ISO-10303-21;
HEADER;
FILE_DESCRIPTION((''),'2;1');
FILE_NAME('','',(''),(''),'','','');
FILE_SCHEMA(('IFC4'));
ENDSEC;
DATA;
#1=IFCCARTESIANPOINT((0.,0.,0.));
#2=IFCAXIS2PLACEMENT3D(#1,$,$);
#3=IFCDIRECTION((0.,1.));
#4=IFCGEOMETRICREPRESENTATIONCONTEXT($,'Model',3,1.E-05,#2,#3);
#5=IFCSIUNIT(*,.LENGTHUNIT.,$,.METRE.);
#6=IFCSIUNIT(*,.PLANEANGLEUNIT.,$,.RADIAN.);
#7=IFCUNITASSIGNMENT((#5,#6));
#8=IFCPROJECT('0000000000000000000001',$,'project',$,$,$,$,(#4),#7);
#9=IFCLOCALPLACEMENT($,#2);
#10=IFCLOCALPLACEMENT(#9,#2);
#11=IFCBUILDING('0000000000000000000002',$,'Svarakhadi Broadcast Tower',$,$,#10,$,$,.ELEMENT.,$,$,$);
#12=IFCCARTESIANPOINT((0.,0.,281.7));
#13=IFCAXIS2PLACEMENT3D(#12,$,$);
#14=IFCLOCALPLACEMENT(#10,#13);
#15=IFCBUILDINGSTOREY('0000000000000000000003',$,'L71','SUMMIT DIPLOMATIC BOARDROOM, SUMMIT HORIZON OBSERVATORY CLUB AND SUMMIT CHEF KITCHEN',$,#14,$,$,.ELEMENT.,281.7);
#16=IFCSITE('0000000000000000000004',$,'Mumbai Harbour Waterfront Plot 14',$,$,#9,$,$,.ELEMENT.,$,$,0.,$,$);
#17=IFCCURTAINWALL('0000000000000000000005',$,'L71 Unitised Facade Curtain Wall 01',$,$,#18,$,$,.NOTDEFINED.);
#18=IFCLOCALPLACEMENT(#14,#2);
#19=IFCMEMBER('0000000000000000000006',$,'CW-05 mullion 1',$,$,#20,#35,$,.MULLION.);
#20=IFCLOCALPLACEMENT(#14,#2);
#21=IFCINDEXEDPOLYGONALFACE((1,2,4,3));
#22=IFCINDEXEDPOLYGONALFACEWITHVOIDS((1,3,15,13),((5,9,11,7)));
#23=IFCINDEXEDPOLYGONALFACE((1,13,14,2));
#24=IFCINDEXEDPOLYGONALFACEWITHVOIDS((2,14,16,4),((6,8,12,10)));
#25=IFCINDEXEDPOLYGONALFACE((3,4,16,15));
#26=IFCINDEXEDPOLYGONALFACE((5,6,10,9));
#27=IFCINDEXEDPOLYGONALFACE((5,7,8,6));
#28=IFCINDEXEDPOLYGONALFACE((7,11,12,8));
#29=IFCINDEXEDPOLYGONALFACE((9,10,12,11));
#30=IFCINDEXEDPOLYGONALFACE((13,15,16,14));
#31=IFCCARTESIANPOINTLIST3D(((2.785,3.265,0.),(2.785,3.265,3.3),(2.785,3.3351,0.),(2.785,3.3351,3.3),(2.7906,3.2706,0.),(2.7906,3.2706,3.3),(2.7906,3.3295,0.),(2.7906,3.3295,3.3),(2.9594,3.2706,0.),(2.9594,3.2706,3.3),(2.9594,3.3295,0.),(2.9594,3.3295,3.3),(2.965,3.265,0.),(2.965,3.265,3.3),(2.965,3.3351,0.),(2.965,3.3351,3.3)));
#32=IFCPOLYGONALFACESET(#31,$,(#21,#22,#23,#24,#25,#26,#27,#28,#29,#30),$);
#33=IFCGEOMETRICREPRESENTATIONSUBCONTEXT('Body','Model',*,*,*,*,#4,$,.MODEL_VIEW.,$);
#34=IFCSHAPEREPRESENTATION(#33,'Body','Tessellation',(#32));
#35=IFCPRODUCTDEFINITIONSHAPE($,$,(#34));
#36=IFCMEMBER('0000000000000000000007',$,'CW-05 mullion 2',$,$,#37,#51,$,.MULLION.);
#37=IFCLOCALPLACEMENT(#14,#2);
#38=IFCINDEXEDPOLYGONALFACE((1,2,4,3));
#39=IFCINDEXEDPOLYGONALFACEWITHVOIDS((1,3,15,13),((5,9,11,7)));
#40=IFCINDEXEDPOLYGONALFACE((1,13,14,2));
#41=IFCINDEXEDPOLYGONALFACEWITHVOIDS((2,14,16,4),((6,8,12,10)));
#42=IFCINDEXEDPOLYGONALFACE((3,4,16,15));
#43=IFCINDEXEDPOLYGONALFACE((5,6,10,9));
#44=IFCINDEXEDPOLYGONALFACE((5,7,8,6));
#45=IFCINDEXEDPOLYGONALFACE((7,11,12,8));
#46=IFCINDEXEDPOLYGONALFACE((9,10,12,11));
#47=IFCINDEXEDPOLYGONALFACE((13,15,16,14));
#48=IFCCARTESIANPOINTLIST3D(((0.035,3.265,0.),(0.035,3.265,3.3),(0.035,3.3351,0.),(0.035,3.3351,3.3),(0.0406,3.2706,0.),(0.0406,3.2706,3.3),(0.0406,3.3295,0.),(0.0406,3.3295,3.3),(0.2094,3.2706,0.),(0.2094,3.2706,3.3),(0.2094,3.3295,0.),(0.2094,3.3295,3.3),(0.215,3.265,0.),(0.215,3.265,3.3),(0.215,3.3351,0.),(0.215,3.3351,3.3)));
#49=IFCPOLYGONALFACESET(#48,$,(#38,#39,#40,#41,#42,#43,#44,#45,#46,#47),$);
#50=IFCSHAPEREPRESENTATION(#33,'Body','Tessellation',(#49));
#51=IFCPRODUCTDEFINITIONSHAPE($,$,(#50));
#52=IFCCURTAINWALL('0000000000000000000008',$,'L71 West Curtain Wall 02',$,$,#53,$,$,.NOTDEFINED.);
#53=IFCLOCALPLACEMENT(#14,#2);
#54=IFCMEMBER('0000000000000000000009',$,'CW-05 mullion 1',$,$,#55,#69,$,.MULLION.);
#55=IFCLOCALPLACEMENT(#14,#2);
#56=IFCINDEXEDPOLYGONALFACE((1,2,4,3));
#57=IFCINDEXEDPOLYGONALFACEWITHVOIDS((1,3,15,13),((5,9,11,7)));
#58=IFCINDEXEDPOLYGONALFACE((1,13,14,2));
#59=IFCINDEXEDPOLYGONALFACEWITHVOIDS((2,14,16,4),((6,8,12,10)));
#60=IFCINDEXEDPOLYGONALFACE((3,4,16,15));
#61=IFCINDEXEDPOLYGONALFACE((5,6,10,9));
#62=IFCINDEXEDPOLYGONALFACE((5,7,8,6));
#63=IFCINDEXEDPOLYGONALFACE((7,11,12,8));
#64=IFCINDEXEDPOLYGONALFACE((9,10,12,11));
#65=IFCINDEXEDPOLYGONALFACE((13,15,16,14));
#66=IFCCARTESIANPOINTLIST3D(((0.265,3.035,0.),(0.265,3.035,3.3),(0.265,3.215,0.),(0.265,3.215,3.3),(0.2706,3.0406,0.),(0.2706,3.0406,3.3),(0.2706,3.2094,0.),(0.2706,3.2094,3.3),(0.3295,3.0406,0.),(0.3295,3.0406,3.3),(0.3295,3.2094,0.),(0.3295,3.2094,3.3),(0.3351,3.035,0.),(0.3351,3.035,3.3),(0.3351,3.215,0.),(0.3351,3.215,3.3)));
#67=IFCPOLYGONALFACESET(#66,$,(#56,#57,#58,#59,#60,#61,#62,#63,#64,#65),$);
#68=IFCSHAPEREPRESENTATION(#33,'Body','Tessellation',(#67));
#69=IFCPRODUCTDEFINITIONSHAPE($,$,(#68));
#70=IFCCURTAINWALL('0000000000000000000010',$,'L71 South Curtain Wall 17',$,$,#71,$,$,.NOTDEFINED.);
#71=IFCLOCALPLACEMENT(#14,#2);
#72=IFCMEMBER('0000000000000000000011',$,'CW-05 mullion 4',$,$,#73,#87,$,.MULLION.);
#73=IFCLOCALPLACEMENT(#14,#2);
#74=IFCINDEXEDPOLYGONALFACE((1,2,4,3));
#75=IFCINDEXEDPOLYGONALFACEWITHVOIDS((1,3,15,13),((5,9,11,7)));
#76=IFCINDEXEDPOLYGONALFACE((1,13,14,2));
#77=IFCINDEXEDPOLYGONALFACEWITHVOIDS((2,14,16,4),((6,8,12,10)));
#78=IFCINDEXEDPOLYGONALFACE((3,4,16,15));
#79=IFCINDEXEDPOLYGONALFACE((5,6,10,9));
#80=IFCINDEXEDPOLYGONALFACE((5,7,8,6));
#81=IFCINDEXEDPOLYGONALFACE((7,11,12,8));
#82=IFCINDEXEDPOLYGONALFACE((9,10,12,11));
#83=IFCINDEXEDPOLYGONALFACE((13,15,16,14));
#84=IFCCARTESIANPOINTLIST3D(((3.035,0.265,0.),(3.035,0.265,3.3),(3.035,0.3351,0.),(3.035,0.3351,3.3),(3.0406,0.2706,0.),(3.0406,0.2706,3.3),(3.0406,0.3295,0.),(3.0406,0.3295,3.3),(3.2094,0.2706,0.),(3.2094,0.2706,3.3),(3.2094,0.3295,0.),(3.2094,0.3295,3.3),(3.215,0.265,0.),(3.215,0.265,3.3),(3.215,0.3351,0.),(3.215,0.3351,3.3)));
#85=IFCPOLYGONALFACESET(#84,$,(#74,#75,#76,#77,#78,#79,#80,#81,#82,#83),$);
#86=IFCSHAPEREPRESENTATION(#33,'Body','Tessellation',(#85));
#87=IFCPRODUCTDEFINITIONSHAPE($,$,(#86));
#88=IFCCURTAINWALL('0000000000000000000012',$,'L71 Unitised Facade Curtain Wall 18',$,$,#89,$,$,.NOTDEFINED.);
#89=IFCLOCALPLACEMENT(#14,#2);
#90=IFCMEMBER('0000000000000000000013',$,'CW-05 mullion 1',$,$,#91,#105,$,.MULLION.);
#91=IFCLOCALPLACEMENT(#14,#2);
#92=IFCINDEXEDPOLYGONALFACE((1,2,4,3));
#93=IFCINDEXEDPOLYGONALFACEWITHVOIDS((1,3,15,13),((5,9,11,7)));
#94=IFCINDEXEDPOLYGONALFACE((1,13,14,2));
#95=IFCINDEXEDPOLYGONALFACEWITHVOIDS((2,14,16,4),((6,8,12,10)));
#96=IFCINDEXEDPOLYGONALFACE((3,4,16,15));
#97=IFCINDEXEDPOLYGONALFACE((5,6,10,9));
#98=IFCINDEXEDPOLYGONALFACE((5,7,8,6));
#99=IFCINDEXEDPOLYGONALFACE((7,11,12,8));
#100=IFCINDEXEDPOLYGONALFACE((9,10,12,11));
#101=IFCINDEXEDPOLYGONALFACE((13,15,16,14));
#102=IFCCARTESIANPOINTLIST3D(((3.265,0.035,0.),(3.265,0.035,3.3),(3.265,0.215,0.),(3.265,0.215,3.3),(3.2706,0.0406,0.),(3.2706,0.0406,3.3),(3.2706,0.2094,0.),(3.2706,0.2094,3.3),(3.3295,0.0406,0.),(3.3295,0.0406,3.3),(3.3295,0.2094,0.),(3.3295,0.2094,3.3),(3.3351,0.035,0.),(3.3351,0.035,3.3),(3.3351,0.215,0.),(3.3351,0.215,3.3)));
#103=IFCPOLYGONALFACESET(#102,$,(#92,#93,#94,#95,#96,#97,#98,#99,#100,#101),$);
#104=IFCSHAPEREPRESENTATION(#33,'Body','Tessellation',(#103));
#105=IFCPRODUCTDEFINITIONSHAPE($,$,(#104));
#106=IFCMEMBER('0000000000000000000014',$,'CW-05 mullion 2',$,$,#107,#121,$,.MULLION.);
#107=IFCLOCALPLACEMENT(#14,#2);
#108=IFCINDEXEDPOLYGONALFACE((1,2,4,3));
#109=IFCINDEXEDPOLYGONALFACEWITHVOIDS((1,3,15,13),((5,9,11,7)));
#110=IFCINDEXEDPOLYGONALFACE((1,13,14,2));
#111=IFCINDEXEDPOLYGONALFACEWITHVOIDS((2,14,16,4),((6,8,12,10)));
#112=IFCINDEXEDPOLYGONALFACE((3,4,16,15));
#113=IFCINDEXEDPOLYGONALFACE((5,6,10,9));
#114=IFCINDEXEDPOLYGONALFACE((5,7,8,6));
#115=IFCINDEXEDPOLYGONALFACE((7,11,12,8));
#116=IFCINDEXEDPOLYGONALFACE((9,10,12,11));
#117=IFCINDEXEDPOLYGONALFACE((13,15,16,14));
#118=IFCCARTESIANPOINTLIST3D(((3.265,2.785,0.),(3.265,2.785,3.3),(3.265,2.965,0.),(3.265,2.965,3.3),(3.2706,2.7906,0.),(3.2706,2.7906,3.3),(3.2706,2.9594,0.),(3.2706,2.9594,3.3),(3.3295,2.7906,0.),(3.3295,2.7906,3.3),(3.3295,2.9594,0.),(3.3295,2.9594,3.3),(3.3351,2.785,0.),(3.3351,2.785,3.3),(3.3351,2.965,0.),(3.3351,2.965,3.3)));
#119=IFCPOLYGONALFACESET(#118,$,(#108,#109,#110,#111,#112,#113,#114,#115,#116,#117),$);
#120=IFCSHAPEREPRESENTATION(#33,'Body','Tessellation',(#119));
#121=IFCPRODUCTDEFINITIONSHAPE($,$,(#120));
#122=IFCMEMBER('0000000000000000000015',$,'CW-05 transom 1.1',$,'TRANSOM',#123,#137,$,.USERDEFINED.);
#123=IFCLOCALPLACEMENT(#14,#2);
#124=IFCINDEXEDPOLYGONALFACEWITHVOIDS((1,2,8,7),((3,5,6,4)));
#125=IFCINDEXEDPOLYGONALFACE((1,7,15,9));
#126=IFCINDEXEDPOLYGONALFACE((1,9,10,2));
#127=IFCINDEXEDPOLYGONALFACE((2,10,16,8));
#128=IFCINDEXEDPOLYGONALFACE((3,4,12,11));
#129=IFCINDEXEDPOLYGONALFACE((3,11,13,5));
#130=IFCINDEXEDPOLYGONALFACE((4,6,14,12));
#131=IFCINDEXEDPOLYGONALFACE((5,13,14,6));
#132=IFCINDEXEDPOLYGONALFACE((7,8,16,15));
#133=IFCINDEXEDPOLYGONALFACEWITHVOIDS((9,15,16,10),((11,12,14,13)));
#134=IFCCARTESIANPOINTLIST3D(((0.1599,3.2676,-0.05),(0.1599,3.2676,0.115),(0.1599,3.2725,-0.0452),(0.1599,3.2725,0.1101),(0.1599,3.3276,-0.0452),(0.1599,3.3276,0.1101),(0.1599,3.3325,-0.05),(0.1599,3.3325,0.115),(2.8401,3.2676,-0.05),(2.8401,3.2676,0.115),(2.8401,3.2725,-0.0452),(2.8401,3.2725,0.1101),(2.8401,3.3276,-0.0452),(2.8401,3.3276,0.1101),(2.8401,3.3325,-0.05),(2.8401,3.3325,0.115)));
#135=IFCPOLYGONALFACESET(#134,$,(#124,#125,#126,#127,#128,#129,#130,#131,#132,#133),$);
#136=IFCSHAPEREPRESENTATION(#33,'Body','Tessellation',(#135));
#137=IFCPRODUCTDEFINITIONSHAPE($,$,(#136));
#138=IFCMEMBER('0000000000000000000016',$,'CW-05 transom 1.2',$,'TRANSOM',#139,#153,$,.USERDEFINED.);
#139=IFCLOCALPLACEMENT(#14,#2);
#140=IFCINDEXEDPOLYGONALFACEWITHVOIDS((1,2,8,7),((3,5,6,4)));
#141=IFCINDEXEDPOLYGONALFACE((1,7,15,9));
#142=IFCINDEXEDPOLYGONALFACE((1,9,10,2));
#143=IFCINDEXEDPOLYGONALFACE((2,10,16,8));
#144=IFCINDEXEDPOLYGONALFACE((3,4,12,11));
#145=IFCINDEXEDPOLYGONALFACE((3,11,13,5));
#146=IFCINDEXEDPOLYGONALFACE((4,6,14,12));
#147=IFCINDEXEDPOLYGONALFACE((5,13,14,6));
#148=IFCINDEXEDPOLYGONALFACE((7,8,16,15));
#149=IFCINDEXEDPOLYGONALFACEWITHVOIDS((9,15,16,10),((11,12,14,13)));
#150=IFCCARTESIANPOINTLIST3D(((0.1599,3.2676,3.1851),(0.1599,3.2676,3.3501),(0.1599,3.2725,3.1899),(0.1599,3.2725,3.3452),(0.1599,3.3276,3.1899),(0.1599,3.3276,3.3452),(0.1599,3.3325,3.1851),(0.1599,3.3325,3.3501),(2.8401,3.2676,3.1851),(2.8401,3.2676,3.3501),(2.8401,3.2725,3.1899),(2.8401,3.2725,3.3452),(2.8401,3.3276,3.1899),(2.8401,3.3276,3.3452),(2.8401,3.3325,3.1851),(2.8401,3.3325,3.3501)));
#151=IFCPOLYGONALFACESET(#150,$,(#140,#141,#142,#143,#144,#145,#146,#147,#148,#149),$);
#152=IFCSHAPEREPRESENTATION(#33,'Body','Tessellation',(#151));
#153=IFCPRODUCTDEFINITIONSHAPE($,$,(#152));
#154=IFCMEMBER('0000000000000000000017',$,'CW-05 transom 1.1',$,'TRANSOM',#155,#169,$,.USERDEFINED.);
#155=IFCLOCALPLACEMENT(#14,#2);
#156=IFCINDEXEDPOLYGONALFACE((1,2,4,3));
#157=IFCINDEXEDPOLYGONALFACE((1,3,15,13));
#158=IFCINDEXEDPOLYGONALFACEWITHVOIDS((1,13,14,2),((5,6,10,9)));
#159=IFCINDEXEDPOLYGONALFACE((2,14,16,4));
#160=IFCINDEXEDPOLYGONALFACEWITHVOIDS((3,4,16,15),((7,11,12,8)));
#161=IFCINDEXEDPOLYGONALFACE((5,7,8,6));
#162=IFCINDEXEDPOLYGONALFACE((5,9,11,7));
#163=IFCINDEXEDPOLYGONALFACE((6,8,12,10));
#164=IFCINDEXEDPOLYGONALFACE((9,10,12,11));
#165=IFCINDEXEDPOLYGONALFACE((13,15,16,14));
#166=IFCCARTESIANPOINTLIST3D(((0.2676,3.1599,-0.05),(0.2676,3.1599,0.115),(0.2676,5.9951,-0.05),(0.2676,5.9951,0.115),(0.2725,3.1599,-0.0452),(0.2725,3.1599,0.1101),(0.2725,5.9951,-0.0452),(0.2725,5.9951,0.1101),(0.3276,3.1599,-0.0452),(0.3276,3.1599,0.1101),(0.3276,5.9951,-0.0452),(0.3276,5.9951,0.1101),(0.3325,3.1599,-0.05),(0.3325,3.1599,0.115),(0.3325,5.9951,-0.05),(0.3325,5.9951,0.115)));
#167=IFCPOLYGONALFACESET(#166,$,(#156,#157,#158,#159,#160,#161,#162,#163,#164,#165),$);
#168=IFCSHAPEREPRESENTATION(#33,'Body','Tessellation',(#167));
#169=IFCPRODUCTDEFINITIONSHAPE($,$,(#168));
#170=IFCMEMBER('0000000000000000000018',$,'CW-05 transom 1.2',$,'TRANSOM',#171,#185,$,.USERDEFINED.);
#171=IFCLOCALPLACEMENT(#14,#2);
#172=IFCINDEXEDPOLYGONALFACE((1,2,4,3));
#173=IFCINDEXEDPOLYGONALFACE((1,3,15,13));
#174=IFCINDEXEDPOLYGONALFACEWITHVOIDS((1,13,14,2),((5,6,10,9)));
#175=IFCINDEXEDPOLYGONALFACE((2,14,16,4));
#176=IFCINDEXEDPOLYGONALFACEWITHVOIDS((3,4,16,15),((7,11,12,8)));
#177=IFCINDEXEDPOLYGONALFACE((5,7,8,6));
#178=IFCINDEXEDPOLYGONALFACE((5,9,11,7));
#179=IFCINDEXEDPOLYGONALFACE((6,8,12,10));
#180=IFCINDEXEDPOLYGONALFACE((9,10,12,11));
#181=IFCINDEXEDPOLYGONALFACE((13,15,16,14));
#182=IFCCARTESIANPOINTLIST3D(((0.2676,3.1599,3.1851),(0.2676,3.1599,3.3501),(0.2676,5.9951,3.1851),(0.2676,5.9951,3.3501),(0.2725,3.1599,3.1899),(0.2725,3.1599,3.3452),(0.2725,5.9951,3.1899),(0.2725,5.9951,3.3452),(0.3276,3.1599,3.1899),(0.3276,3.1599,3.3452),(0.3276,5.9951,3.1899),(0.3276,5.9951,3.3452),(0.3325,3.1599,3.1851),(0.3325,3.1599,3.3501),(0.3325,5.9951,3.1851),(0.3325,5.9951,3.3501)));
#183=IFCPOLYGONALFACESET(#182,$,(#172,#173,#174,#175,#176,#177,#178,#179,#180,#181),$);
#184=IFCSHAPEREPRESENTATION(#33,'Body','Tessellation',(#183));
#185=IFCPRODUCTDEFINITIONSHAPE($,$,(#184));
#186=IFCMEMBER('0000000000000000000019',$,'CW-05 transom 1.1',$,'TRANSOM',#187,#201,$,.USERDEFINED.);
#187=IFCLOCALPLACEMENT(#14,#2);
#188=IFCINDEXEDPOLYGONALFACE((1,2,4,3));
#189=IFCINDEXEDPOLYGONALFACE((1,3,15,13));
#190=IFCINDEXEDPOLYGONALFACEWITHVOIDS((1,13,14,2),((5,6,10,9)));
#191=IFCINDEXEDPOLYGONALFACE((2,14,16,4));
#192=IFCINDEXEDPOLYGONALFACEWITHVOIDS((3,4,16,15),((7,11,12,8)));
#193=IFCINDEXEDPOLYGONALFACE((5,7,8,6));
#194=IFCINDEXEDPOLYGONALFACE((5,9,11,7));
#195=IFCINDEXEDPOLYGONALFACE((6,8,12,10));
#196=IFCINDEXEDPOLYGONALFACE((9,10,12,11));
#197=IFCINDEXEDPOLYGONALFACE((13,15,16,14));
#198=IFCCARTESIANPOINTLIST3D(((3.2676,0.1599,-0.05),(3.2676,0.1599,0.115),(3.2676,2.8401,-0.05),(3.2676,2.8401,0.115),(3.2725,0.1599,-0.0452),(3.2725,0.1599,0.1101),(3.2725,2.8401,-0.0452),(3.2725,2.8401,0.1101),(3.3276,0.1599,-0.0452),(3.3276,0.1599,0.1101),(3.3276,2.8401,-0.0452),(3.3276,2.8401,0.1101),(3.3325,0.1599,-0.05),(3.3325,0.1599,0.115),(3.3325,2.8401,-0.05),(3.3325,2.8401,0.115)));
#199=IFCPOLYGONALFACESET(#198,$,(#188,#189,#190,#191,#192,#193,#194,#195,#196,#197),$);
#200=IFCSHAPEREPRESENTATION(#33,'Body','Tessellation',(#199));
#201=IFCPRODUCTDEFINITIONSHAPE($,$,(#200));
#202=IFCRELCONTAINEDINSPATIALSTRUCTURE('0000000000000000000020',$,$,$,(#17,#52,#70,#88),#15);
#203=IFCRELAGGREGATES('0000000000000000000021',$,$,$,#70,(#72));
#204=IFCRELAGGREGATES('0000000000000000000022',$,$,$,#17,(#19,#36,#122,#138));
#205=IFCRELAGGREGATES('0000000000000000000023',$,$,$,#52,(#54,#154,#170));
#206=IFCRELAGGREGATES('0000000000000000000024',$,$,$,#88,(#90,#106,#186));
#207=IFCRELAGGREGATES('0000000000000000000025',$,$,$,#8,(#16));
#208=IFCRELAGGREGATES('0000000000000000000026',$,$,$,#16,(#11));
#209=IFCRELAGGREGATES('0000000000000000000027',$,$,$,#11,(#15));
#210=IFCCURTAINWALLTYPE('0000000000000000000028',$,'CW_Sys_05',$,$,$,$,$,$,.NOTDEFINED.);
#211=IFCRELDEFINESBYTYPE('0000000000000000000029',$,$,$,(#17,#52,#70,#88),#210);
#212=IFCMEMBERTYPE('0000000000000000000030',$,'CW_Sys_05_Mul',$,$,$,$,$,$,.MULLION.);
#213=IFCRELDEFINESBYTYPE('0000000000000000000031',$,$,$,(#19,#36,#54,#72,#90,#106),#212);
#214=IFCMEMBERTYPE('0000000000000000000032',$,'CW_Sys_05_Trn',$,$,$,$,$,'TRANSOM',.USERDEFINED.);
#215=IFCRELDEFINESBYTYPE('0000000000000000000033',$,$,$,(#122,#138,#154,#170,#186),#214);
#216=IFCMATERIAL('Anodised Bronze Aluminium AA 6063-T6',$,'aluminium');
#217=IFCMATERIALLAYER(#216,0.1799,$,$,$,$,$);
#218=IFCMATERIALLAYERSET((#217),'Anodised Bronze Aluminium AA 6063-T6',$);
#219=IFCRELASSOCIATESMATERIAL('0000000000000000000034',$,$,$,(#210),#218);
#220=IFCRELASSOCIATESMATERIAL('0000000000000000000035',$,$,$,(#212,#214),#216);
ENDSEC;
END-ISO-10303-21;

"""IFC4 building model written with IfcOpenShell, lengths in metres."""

from ifc_helpers import new_model, si_unit, direction, frame, origin, origin_2d, place, context, subcontext, project, spatial, hollow_rectangle, extrude, material, layer, layer_set, material_profile, profile_set, type_object, element, aggregate, save


model = new_model("IFC4")

# Units and contexts
model_context = context("Model", 3, precision=1e-05, world=origin(), true_north=direction((0.0, 1.0)))
body_context = subcontext(model_context, "Body", "Model", "MODEL_VIEW")
ifc_project = project(units=[si_unit("LENGTHUNIT", "METRE"), si_unit("PLANEANGLEUNIT", "RADIAN")], contexts=[model_context])

# Site, building, storey
site_placement = place(None, origin())
site = spatial("IfcSite", under=ifc_project, at=site_placement, Name="Mumbai Harbour Waterfront Plot 14", CompositionType="ELEMENT", RefElevation=0.0)
building_placement = place(site_placement, origin())
building = spatial("IfcBuilding", under=site, at=building_placement, Name="Svarakhadi Broadcast Tower", CompositionType="ELEMENT")
storey_placement = place(building_placement, frame((0.0, 0.0, 281.7)))
storey = spatial("IfcBuildingStorey", under=building, at=storey_placement, Name="L71", Description="SUMMIT DIPLOMATIC BOARDROOM, SUMMIT HORIZON OBSERVATORY CLUB AND SUMMIT CHEF KITCHEN", CompositionType="ELEMENT", Elevation=281.7)

# Curtain wall, members
ifc_material_1 = material(Name="Anodised Bronze Aluminium AA 6063-T6", Category="aluminium")
ifc_layer_1 = layer(ifc_material_1, 0.1799)
ifc_layer_set_1 = layer_set([ifc_layer_1], Name="Anodised Bronze Aluminium AA 6063-T6")
curtain_wall_type = type_object("IfcCurtainWallType", Name="CW_Sys_05", PredefinedType="NOTDEFINED", material=ifc_layer_set_1)
curtain_wall_1_placement = place(storey_placement, origin())
curtain_wall_1 = element("IfcCurtainWall", 1, at=curtain_wall_1_placement, inside=storey, type_object=curtain_wall_type, Name="L71 Unitised Facade Curtain Wall 01", PredefinedType="NOTDEFINED")
ifc_material_profile_1 = material_profile(ifc_material_1, hollow_rectangle(XDim=0.0701, YDim=0.1799, WallThickness=0.0056, at=origin_2d()), Name="ALU MULLION 180x70x6")
ifc_profile_set_1 = profile_set([ifc_material_profile_1], Name="Anodised Bronze Aluminium AA 6063-T6")
member_type_1 = type_object("IfcMemberType", Name="CW_Sys_05_Mul", PredefinedType="MULLION", material=ifc_profile_set_1)
member_1_placement = place(storey_placement, frame((2.875, 3.3, 0.0), z_axis=(0.0, 0.0, 1.0), x_axis=(0.0, -1.0, 0.0)))
member_1 = element("IfcMember", 2, at=member_1_placement, type_object=member_type_1, Name="CW-05 mullion 1", PredefinedType="MULLION", context=body_context, shape_type="SweptSolid", body=[
    extrude(hollow_rectangle(XDim=0.0701, YDim=0.1799, WallThickness=0.0056, at=origin_2d()), origin(), (0.0, 0.0, 1.0), 3.3),
])
member_2_placement = place(storey_placement, frame((0.125, 3.3, 0.0), z_axis=(0.0, 0.0, 1.0), x_axis=(0.0, -1.0, 0.0)))
member_2 = element("IfcMember", 3, at=member_2_placement, type_object=member_type_1, Name="CW-05 mullion 2", PredefinedType="MULLION", context=body_context, shape_type="SweptSolid", body=[
    extrude(hollow_rectangle(XDim=0.0701, YDim=0.1799, WallThickness=0.0056, at=origin_2d()), origin(), (0.0, 0.0, 1.0), 3.3),
])

# Curtain walls, members
curtain_wall_2_placement = place(storey_placement, origin())
curtain_wall_2 = element("IfcCurtainWall", 4, at=curtain_wall_2_placement, inside=storey, type_object=curtain_wall_type, Name="L71 West Curtain Wall 02", PredefinedType="NOTDEFINED")
member_3_placement = place(storey_placement, frame((0.3, 3.125, 0.0), z_axis=(0.0, 0.0, 1.0), x_axis=(-1.0, 0.0, 0.0)))
member_3 = element("IfcMember", 5, at=member_3_placement, type_object=member_type_1, Name="CW-05 mullion 1", PredefinedType="MULLION", context=body_context, shape_type="SweptSolid", body=[
    extrude(hollow_rectangle(XDim=0.0701, YDim=0.1799, WallThickness=0.0056, at=origin_2d()), origin(), (0.0, 0.0, 1.0), 3.3),
])
curtain_wall_3_placement = place(storey_placement, origin())
curtain_wall_3 = element("IfcCurtainWall", 6, at=curtain_wall_3_placement, inside=storey, type_object=curtain_wall_type, Name="L71 South Curtain Wall 17", PredefinedType="NOTDEFINED")
member_4_placement = place(storey_placement, frame((3.125, 0.3, 0.0), z_axis=(0.0, 0.0, 1.0), x_axis=(0.0, -1.0, 0.0)))
member_4 = element("IfcMember", 7, at=member_4_placement, type_object=member_type_1, Name="CW-05 mullion 4", PredefinedType="MULLION", context=body_context, shape_type="SweptSolid", body=[
    extrude(hollow_rectangle(XDim=0.0701, YDim=0.1799, WallThickness=0.0056, at=origin_2d()), origin(), (0.0, 0.0, 1.0), 3.3),
])
aggregate(curtain_wall_3, [member_4])

# Curtain wall, members
curtain_wall_4_placement = place(storey_placement, origin())
curtain_wall_4 = element("IfcCurtainWall", 8, at=curtain_wall_4_placement, inside=storey, type_object=curtain_wall_type, Name="L71 Unitised Facade Curtain Wall 18", PredefinedType="NOTDEFINED")
member_5_placement = place(storey_placement, frame((3.3, 0.125, 0.0), z_axis=(0.0, 0.0, 1.0), x_axis=(-1.0, 0.0, 0.0)))
member_5 = element("IfcMember", 9, at=member_5_placement, type_object=member_type_1, Name="CW-05 mullion 1", PredefinedType="MULLION", context=body_context, shape_type="SweptSolid", body=[
    extrude(hollow_rectangle(XDim=0.0701, YDim=0.1799, WallThickness=0.0056, at=origin_2d()), origin(), (0.0, 0.0, 1.0), 3.3),
])
member_6_placement = place(storey_placement, frame((3.3, 2.875, 0.0), z_axis=(0.0, 0.0, 1.0), x_axis=(-1.0, 0.0, 0.0)))
member_6 = element("IfcMember", 10, at=member_6_placement, type_object=member_type_1, Name="CW-05 mullion 2", PredefinedType="MULLION", context=body_context, shape_type="SweptSolid", body=[
    extrude(hollow_rectangle(XDim=0.0701, YDim=0.1799, WallThickness=0.0056, at=origin_2d()), origin(), (0.0, 0.0, 1.0), 3.3),
])

# Members
ifc_material_profile_2 = material_profile(ifc_material_1, hollow_rectangle(XDim=0.0649, YDim=0.165, WallThickness=0.0049, at=origin_2d()), Name="ALU TRANSOM 165x65x5")
ifc_profile_set_2 = profile_set([ifc_material_profile_2], Name="Anodised Bronze Aluminium AA 6063-T6")
member_type_2 = type_object("IfcMemberType", Name="CW_Sys_05_Trn", ElementType="TRANSOM", PredefinedType="USERDEFINED", material=ifc_profile_set_2)
member_7_placement = place(storey_placement, frame((2.8401, 3.3, 0.0325), z_axis=(-1.0, 0.0, 0.0), x_axis=(0.0, -1.0, 0.0)))
member_7 = element("IfcMember", 11, at=member_7_placement, type_object=member_type_2, Name="CW-05 transom 1.1", ObjectType="TRANSOM", PredefinedType="USERDEFINED", context=body_context, shape_type="SweptSolid", body=[
    extrude(hollow_rectangle(XDim=0.0649, YDim=0.165, WallThickness=0.0049, at=origin_2d()), origin(), (0.0, 0.0, 1.0), 2.6802),
])
member_8_placement = place(storey_placement, frame((2.8401, 3.3, 3.2676), z_axis=(-1.0, 0.0, 0.0), x_axis=(0.0, -1.0, 0.0)))
member_8 = element("IfcMember", 12, at=member_8_placement, type_object=member_type_2, Name="CW-05 transom 1.2", ObjectType="TRANSOM", PredefinedType="USERDEFINED", context=body_context, shape_type="SweptSolid", body=[
    extrude(hollow_rectangle(XDim=0.0649, YDim=0.165, WallThickness=0.0049, at=origin_2d()), origin(), (0.0, 0.0, 1.0), 2.6802),
])
member_9_placement = place(storey_placement, frame((0.3, 3.1599, 0.0325), z_axis=(0.0, 1.0, 0.0), x_axis=(-1.0, 0.0, 0.0)))
member_9 = element("IfcMember", 13, at=member_9_placement, type_object=member_type_2, Name="CW-05 transom 1.1", ObjectType="TRANSOM", PredefinedType="USERDEFINED", context=body_context, shape_type="SweptSolid", body=[
    extrude(hollow_rectangle(XDim=0.0649, YDim=0.165, WallThickness=0.0049, at=origin_2d()), origin(), (0.0, 0.0, 1.0), 2.8352),
])
member_10_placement = place(storey_placement, frame((0.3, 3.1599, 3.2676), z_axis=(0.0, 1.0, 0.0), x_axis=(-1.0, 0.0, 0.0)))
member_10 = element("IfcMember", 14, at=member_10_placement, type_object=member_type_2, Name="CW-05 transom 1.2", ObjectType="TRANSOM", PredefinedType="USERDEFINED", context=body_context, shape_type="SweptSolid", body=[
    extrude(hollow_rectangle(XDim=0.0649, YDim=0.165, WallThickness=0.0049, at=origin_2d()), origin(), (0.0, 0.0, 1.0), 2.8352),
])
member_11_placement = place(storey_placement, frame((3.3, 0.1599, 0.0325), z_axis=(0.0, 1.0, 0.0), x_axis=(-1.0, 0.0, 0.0)))
member_11 = element("IfcMember", 15, at=member_11_placement, type_object=member_type_2, Name="CW-05 transom 1.1", ObjectType="TRANSOM", PredefinedType="USERDEFINED", context=body_context, shape_type="SweptSolid", body=[
    extrude(hollow_rectangle(XDim=0.0649, YDim=0.165, WallThickness=0.0049, at=origin_2d()), origin(), (0.0, 0.0, 1.0), 2.6802),
])

aggregate(curtain_wall_1, [member_1, member_2, member_7, member_8])
aggregate(curtain_wall_2, [member_3, member_9, member_10])
aggregate(curtain_wall_4, [member_5, member_6, member_11])

save(model, "model.ifc")
